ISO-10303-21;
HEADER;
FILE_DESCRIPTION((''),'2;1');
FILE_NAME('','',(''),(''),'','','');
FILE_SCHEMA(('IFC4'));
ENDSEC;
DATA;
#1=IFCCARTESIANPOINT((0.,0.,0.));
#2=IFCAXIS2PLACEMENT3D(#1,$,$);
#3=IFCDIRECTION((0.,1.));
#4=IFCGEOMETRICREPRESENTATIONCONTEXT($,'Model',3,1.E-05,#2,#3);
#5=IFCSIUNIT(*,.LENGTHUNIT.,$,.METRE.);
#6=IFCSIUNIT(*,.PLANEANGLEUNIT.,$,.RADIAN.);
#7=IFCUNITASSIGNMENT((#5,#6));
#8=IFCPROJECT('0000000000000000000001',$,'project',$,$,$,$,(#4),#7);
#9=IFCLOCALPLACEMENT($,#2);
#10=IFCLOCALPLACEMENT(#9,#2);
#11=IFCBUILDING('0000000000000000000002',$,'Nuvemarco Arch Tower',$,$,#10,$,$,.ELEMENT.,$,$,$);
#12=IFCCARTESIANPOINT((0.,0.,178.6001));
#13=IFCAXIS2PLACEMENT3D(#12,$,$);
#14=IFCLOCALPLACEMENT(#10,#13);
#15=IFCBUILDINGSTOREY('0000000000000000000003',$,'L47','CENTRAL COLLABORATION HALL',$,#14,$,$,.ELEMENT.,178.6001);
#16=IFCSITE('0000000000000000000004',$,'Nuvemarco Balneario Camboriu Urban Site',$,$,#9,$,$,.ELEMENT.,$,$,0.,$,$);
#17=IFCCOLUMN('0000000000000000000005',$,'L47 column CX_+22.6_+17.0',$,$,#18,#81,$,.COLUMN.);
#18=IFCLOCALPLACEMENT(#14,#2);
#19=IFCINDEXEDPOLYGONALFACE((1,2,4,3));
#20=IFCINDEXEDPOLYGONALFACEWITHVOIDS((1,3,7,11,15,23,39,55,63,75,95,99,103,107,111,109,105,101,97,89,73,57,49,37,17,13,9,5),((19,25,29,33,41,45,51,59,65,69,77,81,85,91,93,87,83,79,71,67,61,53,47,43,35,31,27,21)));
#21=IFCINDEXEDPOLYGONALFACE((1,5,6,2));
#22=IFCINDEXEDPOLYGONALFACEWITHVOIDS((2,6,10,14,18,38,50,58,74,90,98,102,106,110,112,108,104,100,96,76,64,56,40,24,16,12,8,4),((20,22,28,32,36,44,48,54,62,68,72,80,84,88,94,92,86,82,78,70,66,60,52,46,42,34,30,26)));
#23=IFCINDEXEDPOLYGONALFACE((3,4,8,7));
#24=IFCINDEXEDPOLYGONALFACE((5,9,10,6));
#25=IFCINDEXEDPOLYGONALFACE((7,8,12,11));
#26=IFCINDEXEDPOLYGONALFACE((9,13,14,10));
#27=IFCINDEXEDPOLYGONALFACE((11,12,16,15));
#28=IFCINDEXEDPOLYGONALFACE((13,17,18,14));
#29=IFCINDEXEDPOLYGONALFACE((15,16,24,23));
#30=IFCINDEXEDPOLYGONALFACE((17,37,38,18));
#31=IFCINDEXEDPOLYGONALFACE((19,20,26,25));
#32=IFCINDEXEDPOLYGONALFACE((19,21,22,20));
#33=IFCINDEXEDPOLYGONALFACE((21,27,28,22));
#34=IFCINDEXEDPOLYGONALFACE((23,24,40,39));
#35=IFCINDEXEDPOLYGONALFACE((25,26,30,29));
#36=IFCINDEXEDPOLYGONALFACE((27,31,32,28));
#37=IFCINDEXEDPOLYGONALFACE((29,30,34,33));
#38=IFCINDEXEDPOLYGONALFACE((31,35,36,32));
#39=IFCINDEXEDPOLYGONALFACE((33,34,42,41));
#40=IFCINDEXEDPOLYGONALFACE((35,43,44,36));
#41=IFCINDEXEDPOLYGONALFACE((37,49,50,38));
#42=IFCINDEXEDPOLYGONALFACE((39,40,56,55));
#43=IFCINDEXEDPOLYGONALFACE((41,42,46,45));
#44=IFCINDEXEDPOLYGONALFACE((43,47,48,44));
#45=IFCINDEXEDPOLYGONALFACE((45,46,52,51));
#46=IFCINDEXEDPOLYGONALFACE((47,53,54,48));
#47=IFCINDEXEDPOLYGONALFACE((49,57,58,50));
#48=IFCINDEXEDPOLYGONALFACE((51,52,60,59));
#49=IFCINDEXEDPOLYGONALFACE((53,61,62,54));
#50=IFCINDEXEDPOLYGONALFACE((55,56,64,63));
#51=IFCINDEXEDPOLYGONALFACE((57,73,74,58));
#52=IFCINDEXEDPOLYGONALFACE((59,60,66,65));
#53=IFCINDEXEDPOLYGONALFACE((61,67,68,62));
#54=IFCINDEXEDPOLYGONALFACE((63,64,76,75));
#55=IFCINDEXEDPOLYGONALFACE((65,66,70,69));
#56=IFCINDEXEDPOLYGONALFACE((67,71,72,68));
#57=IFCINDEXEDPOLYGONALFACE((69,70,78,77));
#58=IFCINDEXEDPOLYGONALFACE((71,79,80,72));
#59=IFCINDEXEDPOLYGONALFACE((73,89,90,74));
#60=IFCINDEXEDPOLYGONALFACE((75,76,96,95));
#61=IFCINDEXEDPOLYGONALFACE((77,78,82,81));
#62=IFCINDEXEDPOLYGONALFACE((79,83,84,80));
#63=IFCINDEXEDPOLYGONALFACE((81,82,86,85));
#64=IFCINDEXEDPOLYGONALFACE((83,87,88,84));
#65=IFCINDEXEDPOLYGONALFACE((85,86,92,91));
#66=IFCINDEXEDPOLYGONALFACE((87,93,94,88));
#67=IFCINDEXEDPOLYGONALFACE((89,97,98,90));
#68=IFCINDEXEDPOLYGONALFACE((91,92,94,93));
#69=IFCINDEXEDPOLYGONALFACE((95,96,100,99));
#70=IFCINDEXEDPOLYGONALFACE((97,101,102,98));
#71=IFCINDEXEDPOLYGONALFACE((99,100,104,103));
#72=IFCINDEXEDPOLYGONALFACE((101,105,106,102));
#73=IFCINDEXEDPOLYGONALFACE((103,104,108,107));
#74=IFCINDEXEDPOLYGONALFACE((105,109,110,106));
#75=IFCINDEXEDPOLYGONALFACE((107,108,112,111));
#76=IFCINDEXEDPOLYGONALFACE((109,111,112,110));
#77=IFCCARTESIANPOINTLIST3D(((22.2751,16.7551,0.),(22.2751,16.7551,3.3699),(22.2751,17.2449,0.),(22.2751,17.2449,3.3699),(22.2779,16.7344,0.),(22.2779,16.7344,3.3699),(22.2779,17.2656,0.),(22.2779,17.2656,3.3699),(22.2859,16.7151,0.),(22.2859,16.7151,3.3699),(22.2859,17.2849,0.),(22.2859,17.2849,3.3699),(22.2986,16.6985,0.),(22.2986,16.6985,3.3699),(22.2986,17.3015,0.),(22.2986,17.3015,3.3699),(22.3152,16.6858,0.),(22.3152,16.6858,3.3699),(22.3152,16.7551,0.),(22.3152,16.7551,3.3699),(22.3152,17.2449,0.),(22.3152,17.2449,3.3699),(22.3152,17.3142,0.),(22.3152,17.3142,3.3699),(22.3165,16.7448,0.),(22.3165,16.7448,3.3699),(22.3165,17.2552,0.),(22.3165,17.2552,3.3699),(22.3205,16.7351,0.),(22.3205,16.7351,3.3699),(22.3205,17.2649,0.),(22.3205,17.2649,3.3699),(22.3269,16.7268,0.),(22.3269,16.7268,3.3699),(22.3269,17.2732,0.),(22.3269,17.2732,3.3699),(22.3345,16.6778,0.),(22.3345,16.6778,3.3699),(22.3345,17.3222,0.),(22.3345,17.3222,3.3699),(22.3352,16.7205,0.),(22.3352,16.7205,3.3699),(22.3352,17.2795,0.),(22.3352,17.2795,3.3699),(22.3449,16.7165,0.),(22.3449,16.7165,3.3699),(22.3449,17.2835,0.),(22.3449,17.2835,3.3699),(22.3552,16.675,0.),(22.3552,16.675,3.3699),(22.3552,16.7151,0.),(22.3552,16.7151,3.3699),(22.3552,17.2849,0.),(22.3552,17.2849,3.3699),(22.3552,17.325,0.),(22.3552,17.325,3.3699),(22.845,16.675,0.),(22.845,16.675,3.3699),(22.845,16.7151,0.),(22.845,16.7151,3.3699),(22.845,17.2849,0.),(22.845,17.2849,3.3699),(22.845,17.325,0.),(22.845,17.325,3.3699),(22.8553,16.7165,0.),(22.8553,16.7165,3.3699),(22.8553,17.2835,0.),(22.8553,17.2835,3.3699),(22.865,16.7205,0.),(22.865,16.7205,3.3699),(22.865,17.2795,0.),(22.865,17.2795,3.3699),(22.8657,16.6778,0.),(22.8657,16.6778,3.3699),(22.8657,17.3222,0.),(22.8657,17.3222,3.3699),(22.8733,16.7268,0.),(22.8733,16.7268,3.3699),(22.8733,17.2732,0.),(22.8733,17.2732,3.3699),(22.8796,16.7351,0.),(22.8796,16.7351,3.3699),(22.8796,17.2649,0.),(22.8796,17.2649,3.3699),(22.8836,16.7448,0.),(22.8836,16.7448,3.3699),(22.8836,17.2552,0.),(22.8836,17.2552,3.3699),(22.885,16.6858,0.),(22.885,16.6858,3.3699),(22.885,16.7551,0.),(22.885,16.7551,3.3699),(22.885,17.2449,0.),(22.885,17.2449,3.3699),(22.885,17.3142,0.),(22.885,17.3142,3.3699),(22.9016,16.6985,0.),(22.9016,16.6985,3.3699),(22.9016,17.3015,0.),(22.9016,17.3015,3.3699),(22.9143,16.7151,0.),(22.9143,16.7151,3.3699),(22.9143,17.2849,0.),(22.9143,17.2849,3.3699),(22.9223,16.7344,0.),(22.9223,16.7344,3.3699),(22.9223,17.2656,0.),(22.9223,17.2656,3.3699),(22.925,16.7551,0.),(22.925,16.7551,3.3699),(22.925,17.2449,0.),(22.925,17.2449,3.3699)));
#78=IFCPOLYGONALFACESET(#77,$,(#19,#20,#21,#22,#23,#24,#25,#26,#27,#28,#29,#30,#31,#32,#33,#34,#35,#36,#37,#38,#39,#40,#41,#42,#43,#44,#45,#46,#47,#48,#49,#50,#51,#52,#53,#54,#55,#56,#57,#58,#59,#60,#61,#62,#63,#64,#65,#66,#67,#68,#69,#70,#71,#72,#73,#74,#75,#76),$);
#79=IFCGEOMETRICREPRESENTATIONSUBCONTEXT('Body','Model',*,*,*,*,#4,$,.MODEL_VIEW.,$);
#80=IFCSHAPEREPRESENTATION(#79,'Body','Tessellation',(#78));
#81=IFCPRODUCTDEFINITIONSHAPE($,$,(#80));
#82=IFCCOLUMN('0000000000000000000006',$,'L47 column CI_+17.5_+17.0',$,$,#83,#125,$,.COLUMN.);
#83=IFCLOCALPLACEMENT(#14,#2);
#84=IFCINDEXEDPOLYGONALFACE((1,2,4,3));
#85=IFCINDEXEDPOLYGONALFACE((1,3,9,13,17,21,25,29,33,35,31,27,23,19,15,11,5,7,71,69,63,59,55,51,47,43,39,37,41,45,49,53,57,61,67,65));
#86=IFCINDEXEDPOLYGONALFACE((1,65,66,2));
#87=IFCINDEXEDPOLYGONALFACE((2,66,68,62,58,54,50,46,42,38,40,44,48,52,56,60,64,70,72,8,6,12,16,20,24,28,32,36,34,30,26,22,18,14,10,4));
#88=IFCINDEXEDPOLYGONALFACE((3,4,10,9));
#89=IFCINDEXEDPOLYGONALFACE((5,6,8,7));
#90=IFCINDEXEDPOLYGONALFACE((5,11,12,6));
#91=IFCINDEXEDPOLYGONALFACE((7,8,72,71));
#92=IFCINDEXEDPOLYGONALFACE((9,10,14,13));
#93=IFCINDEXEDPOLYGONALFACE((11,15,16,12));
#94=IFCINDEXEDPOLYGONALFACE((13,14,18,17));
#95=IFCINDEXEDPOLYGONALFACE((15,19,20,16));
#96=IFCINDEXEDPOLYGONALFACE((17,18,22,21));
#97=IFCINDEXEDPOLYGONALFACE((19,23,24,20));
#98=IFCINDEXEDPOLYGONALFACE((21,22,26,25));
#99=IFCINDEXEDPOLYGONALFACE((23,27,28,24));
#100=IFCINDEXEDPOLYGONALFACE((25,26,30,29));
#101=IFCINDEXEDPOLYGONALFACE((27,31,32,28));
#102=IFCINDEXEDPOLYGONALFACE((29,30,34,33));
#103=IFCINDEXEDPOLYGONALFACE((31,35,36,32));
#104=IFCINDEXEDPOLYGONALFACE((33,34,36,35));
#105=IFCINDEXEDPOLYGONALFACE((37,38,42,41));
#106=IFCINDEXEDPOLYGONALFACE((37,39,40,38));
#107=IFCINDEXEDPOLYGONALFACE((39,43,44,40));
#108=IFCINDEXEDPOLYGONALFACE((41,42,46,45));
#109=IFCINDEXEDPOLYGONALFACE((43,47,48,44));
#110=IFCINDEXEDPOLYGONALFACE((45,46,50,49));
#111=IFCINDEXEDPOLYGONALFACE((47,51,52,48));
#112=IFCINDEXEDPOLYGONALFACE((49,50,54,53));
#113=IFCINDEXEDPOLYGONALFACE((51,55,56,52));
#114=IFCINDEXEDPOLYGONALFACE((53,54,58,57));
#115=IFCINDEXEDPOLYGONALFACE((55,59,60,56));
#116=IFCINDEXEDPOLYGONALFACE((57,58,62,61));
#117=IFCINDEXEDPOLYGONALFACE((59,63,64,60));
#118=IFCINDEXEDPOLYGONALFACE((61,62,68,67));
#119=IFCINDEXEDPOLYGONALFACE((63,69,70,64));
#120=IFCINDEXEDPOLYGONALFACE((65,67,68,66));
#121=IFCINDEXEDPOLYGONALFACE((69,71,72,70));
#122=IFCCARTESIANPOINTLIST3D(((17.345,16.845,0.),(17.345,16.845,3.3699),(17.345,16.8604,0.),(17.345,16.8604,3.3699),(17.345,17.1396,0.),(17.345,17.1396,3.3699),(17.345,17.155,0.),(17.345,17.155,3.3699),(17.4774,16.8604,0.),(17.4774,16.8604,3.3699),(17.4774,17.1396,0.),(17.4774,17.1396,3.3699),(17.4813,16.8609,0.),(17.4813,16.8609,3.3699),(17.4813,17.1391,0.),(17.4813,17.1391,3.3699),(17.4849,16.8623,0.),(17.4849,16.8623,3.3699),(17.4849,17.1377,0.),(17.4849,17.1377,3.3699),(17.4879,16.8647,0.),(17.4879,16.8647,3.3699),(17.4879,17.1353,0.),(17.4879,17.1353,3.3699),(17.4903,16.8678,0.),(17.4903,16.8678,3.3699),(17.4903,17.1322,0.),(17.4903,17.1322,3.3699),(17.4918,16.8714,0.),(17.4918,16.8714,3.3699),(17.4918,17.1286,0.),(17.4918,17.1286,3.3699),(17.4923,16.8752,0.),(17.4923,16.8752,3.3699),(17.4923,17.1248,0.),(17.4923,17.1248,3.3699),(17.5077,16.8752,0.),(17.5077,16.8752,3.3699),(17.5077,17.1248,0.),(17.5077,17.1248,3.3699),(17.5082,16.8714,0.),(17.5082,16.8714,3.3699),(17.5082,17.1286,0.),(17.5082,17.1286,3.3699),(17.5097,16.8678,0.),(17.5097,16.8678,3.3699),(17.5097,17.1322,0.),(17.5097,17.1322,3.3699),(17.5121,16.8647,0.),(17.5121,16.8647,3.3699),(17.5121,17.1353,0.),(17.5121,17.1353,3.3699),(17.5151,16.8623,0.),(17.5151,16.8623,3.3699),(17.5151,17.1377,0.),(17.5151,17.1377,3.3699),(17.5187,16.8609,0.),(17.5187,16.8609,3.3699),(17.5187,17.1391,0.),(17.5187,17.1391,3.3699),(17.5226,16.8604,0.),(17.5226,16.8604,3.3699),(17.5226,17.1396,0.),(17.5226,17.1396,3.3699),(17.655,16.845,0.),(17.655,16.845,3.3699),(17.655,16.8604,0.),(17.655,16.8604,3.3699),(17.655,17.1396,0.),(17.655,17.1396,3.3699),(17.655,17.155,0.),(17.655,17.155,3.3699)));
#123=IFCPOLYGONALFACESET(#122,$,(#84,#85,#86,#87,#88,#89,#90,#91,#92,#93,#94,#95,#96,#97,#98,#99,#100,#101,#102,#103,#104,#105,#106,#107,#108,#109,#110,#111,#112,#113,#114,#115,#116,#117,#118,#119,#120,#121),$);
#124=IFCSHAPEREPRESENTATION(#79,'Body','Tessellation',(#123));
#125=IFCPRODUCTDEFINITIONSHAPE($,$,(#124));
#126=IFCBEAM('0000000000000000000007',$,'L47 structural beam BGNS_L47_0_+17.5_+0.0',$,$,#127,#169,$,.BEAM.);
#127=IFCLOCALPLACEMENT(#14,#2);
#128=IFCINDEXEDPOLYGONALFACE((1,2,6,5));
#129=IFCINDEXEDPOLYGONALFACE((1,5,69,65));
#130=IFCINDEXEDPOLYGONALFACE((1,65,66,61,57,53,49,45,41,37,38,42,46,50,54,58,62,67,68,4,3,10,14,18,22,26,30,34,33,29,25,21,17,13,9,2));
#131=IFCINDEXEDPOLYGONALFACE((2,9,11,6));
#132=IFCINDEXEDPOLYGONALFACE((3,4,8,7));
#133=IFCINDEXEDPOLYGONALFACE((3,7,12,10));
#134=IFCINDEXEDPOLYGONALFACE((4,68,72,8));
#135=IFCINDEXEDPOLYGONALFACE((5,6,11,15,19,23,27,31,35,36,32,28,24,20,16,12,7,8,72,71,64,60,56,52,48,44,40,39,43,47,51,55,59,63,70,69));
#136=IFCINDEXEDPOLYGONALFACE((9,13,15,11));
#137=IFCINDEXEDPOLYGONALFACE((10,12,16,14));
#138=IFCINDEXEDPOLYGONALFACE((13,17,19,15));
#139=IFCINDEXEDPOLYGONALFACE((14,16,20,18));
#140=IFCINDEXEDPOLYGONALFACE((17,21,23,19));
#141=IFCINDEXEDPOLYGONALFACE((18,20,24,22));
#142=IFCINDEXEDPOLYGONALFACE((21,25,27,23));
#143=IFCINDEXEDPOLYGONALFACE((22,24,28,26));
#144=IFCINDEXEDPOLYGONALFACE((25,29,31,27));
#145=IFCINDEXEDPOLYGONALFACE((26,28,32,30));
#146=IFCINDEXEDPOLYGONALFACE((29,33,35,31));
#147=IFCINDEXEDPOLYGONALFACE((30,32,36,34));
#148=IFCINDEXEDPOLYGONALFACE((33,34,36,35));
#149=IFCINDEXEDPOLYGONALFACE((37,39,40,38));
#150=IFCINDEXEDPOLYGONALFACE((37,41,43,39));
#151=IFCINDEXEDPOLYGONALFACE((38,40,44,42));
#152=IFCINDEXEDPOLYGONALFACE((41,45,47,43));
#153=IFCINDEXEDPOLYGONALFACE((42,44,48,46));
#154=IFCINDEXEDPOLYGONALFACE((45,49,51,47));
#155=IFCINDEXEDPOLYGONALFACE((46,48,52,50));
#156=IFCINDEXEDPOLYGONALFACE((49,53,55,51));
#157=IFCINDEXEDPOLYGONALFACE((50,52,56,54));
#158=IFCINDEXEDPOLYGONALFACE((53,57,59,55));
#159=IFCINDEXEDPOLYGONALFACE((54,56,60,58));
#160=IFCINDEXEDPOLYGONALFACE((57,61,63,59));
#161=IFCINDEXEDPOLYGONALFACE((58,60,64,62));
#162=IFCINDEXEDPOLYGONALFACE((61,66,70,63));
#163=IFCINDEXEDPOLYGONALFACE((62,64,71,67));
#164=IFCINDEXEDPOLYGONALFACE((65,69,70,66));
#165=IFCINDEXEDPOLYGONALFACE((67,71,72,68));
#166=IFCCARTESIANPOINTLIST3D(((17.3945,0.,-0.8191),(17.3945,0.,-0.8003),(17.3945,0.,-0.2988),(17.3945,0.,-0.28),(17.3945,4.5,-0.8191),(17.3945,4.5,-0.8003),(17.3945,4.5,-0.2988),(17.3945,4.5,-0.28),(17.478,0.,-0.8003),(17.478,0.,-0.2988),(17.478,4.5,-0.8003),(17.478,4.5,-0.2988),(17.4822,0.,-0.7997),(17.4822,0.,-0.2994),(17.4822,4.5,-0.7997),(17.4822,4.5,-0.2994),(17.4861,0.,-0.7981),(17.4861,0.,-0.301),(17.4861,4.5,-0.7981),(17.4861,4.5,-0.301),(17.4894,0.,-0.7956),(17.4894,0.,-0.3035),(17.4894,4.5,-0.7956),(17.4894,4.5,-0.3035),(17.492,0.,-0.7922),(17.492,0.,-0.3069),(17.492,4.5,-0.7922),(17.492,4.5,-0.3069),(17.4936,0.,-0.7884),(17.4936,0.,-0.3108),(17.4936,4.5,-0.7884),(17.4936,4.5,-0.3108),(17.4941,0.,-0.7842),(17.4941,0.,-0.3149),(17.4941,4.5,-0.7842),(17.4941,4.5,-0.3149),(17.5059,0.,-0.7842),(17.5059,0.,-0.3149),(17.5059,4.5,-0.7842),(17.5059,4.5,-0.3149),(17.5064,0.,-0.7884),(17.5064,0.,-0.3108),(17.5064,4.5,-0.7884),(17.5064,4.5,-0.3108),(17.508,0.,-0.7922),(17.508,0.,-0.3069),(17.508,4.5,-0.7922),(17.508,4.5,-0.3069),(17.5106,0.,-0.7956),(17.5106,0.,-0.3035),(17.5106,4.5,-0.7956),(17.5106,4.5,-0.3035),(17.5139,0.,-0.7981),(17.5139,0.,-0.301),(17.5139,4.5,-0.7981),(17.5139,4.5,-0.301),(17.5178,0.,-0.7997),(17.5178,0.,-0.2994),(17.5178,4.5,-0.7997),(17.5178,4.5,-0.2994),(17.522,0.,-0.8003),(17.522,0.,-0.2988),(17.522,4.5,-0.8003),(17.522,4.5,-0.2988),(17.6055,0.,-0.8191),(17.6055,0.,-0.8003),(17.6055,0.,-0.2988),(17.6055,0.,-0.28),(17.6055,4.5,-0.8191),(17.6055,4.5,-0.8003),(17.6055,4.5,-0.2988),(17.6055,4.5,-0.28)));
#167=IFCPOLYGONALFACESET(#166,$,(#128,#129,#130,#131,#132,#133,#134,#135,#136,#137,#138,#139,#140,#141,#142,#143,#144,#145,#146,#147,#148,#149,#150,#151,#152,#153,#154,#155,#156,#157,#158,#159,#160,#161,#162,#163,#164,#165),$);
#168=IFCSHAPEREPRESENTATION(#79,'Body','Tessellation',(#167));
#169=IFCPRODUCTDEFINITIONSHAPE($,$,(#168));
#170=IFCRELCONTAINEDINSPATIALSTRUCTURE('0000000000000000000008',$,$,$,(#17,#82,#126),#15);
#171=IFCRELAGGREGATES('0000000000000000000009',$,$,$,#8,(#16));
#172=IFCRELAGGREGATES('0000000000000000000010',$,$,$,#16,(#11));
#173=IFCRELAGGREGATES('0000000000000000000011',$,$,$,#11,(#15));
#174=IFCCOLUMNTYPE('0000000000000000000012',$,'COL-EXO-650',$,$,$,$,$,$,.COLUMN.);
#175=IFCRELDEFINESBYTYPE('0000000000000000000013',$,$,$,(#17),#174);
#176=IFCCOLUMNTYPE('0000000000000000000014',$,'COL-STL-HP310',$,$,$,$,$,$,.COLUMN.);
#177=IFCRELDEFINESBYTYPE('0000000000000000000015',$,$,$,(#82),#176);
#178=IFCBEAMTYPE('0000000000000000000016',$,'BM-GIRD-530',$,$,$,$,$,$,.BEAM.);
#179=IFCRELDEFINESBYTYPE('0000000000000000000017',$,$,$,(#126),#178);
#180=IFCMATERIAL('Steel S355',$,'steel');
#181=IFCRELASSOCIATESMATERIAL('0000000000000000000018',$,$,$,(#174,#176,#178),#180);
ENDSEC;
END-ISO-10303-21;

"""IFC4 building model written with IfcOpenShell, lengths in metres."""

from ifc_helpers import new_model, si_unit, direction, frame, origin, origin_2d, place, context, subcontext, project, spatial, hollow_rectangle, i_section, extrude, material, material_profile, profile_set, type_object, element, save


model = new_model("IFC4")

# Units and contexts
model_context = context("Model", 3, precision=1e-05, world=origin(), true_north=direction((0.0, 1.0)))
body_context = subcontext(model_context, "Body", "Model", "MODEL_VIEW")
ifc_project = project(units=[si_unit("LENGTHUNIT", "METRE"), si_unit("PLANEANGLEUNIT", "RADIAN")], contexts=[model_context])

# Site, building, storey
site_placement = place(None, origin())
site = spatial("IfcSite", under=ifc_project, at=site_placement, Name="Nuvemarco Balneario Camboriu Urban Site", CompositionType="ELEMENT", RefElevation=0.0)
building_placement = place(site_placement, origin())
building = spatial("IfcBuilding", under=site, at=building_placement, Name="Nuvemarco Arch Tower", CompositionType="ELEMENT")
storey_placement = place(building_placement, frame((0.0, 0.0, 178.6001)))
storey = spatial("IfcBuildingStorey", under=building, at=storey_placement, Name="L47", Description="CENTRAL COLLABORATION HALL", CompositionType="ELEMENT", Elevation=178.6001)

# Columns
ifc_material_1 = material(Name="Steel S355", Category="steel")
ifc_material_profile_1 = material_profile(ifc_material_1, hollow_rectangle(XDim=0.6499, YDim=0.6499, WallThickness=0.04, InnerFilletRadius=0.04, OuterFilletRadius=0.0801, at=origin_2d()), Name="SHS650x650x40")
ifc_profile_set_1 = profile_set([ifc_material_profile_1], Name="Steel S355")
column_type_1 = type_object("IfcColumnType", Name="COL-EXO-650", PredefinedType="COLUMN", material=ifc_profile_set_1)
for number, where, z_axis, x_axis, name in (
    (1, (22.6001, 17.0, 0.0), (0.0, 0.0, 1.0), (1.0, 0.0, 0.0), "L47 column CX_+22.6_+17.0"),
):
    element("IfcColumn", number, at=place(storey_placement, frame(where, z_axis=z_axis, x_axis=x_axis)), inside=storey, type_object=column_type_1, Name=name, PredefinedType="COLUMN", context=body_context, shape_type="SweptSolid", body=[
        extrude(hollow_rectangle(XDim=0.6499, YDim=0.6499, WallThickness=0.04, InnerFilletRadius=0.04, OuterFilletRadius=0.0801, at=origin_2d()), origin(), (0.0, 0.0, 1.0), 3.3699),
    ])
ifc_material_profile_2 = material_profile(ifc_material_1, i_section(OverallWidth=0.3101, OverallDepth=0.3101, WebThickness=0.0154, FlangeThickness=0.0154, FilletRadius=0.0149, at=origin_2d()), Name="HP310x110")
ifc_profile_set_2 = profile_set([ifc_material_profile_2], Name="Steel S355")
column_type_2 = type_object("IfcColumnType", Name="COL-STL-HP310", PredefinedType="COLUMN", material=ifc_profile_set_2)
column_placement = place(storey_placement, frame((17.5, 17.0, 0.0), z_axis=(0.0, 0.0, 1.0), x_axis=(1.0, 0.0, 0.0)))
element("IfcColumn", 2, at=column_placement, inside=storey, type_object=column_type_2, Name="L47 column CI_+17.5_+17.0", PredefinedType="COLUMN", context=body_context, shape_type="SweptSolid", body=[
    extrude(i_section(OverallWidth=0.3101, OverallDepth=0.3101, WebThickness=0.0154, FlangeThickness=0.0154, FilletRadius=0.0149, at=origin_2d()), origin(), (0.0, 0.0, 1.0), 3.3699),
])

# Beam
ifc_material_profile_3 = material_profile(ifc_material_1, i_section(OverallWidth=0.2109, OverallDepth=0.5391, WebThickness=0.0117, FlangeThickness=0.0188, FilletRadius=0.0161, at=origin_2d()), Name="W530x109")
ifc_profile_set_3 = profile_set([ifc_material_profile_3], Name="Steel S355")
beam_type_1 = type_object("IfcBeamType", Name="BM-GIRD-530", PredefinedType="BEAM", material=ifc_profile_set_3)
beam_1_placement = place(storey_placement, frame((17.5, 0.0, -0.5496), z_axis=(0.0, 1.0, 0.0), x_axis=(-1.0, 0.0, 0.0)))
element("IfcBeam", 3, at=beam_1_placement, inside=storey, type_object=beam_type_1, Name="L47 structural beam BGNS_L47_0_+17.5_+0.0", PredefinedType="BEAM", context=body_context, shape_type="SweptSolid", body=[
    extrude(i_section(OverallWidth=0.2109, OverallDepth=0.5391, WebThickness=0.0117, FlangeThickness=0.0188, FilletRadius=0.0161, at=origin_2d()), origin(), (0.0, 0.0, 1.0), 4.5),
])

save(model, "model.ifc")
